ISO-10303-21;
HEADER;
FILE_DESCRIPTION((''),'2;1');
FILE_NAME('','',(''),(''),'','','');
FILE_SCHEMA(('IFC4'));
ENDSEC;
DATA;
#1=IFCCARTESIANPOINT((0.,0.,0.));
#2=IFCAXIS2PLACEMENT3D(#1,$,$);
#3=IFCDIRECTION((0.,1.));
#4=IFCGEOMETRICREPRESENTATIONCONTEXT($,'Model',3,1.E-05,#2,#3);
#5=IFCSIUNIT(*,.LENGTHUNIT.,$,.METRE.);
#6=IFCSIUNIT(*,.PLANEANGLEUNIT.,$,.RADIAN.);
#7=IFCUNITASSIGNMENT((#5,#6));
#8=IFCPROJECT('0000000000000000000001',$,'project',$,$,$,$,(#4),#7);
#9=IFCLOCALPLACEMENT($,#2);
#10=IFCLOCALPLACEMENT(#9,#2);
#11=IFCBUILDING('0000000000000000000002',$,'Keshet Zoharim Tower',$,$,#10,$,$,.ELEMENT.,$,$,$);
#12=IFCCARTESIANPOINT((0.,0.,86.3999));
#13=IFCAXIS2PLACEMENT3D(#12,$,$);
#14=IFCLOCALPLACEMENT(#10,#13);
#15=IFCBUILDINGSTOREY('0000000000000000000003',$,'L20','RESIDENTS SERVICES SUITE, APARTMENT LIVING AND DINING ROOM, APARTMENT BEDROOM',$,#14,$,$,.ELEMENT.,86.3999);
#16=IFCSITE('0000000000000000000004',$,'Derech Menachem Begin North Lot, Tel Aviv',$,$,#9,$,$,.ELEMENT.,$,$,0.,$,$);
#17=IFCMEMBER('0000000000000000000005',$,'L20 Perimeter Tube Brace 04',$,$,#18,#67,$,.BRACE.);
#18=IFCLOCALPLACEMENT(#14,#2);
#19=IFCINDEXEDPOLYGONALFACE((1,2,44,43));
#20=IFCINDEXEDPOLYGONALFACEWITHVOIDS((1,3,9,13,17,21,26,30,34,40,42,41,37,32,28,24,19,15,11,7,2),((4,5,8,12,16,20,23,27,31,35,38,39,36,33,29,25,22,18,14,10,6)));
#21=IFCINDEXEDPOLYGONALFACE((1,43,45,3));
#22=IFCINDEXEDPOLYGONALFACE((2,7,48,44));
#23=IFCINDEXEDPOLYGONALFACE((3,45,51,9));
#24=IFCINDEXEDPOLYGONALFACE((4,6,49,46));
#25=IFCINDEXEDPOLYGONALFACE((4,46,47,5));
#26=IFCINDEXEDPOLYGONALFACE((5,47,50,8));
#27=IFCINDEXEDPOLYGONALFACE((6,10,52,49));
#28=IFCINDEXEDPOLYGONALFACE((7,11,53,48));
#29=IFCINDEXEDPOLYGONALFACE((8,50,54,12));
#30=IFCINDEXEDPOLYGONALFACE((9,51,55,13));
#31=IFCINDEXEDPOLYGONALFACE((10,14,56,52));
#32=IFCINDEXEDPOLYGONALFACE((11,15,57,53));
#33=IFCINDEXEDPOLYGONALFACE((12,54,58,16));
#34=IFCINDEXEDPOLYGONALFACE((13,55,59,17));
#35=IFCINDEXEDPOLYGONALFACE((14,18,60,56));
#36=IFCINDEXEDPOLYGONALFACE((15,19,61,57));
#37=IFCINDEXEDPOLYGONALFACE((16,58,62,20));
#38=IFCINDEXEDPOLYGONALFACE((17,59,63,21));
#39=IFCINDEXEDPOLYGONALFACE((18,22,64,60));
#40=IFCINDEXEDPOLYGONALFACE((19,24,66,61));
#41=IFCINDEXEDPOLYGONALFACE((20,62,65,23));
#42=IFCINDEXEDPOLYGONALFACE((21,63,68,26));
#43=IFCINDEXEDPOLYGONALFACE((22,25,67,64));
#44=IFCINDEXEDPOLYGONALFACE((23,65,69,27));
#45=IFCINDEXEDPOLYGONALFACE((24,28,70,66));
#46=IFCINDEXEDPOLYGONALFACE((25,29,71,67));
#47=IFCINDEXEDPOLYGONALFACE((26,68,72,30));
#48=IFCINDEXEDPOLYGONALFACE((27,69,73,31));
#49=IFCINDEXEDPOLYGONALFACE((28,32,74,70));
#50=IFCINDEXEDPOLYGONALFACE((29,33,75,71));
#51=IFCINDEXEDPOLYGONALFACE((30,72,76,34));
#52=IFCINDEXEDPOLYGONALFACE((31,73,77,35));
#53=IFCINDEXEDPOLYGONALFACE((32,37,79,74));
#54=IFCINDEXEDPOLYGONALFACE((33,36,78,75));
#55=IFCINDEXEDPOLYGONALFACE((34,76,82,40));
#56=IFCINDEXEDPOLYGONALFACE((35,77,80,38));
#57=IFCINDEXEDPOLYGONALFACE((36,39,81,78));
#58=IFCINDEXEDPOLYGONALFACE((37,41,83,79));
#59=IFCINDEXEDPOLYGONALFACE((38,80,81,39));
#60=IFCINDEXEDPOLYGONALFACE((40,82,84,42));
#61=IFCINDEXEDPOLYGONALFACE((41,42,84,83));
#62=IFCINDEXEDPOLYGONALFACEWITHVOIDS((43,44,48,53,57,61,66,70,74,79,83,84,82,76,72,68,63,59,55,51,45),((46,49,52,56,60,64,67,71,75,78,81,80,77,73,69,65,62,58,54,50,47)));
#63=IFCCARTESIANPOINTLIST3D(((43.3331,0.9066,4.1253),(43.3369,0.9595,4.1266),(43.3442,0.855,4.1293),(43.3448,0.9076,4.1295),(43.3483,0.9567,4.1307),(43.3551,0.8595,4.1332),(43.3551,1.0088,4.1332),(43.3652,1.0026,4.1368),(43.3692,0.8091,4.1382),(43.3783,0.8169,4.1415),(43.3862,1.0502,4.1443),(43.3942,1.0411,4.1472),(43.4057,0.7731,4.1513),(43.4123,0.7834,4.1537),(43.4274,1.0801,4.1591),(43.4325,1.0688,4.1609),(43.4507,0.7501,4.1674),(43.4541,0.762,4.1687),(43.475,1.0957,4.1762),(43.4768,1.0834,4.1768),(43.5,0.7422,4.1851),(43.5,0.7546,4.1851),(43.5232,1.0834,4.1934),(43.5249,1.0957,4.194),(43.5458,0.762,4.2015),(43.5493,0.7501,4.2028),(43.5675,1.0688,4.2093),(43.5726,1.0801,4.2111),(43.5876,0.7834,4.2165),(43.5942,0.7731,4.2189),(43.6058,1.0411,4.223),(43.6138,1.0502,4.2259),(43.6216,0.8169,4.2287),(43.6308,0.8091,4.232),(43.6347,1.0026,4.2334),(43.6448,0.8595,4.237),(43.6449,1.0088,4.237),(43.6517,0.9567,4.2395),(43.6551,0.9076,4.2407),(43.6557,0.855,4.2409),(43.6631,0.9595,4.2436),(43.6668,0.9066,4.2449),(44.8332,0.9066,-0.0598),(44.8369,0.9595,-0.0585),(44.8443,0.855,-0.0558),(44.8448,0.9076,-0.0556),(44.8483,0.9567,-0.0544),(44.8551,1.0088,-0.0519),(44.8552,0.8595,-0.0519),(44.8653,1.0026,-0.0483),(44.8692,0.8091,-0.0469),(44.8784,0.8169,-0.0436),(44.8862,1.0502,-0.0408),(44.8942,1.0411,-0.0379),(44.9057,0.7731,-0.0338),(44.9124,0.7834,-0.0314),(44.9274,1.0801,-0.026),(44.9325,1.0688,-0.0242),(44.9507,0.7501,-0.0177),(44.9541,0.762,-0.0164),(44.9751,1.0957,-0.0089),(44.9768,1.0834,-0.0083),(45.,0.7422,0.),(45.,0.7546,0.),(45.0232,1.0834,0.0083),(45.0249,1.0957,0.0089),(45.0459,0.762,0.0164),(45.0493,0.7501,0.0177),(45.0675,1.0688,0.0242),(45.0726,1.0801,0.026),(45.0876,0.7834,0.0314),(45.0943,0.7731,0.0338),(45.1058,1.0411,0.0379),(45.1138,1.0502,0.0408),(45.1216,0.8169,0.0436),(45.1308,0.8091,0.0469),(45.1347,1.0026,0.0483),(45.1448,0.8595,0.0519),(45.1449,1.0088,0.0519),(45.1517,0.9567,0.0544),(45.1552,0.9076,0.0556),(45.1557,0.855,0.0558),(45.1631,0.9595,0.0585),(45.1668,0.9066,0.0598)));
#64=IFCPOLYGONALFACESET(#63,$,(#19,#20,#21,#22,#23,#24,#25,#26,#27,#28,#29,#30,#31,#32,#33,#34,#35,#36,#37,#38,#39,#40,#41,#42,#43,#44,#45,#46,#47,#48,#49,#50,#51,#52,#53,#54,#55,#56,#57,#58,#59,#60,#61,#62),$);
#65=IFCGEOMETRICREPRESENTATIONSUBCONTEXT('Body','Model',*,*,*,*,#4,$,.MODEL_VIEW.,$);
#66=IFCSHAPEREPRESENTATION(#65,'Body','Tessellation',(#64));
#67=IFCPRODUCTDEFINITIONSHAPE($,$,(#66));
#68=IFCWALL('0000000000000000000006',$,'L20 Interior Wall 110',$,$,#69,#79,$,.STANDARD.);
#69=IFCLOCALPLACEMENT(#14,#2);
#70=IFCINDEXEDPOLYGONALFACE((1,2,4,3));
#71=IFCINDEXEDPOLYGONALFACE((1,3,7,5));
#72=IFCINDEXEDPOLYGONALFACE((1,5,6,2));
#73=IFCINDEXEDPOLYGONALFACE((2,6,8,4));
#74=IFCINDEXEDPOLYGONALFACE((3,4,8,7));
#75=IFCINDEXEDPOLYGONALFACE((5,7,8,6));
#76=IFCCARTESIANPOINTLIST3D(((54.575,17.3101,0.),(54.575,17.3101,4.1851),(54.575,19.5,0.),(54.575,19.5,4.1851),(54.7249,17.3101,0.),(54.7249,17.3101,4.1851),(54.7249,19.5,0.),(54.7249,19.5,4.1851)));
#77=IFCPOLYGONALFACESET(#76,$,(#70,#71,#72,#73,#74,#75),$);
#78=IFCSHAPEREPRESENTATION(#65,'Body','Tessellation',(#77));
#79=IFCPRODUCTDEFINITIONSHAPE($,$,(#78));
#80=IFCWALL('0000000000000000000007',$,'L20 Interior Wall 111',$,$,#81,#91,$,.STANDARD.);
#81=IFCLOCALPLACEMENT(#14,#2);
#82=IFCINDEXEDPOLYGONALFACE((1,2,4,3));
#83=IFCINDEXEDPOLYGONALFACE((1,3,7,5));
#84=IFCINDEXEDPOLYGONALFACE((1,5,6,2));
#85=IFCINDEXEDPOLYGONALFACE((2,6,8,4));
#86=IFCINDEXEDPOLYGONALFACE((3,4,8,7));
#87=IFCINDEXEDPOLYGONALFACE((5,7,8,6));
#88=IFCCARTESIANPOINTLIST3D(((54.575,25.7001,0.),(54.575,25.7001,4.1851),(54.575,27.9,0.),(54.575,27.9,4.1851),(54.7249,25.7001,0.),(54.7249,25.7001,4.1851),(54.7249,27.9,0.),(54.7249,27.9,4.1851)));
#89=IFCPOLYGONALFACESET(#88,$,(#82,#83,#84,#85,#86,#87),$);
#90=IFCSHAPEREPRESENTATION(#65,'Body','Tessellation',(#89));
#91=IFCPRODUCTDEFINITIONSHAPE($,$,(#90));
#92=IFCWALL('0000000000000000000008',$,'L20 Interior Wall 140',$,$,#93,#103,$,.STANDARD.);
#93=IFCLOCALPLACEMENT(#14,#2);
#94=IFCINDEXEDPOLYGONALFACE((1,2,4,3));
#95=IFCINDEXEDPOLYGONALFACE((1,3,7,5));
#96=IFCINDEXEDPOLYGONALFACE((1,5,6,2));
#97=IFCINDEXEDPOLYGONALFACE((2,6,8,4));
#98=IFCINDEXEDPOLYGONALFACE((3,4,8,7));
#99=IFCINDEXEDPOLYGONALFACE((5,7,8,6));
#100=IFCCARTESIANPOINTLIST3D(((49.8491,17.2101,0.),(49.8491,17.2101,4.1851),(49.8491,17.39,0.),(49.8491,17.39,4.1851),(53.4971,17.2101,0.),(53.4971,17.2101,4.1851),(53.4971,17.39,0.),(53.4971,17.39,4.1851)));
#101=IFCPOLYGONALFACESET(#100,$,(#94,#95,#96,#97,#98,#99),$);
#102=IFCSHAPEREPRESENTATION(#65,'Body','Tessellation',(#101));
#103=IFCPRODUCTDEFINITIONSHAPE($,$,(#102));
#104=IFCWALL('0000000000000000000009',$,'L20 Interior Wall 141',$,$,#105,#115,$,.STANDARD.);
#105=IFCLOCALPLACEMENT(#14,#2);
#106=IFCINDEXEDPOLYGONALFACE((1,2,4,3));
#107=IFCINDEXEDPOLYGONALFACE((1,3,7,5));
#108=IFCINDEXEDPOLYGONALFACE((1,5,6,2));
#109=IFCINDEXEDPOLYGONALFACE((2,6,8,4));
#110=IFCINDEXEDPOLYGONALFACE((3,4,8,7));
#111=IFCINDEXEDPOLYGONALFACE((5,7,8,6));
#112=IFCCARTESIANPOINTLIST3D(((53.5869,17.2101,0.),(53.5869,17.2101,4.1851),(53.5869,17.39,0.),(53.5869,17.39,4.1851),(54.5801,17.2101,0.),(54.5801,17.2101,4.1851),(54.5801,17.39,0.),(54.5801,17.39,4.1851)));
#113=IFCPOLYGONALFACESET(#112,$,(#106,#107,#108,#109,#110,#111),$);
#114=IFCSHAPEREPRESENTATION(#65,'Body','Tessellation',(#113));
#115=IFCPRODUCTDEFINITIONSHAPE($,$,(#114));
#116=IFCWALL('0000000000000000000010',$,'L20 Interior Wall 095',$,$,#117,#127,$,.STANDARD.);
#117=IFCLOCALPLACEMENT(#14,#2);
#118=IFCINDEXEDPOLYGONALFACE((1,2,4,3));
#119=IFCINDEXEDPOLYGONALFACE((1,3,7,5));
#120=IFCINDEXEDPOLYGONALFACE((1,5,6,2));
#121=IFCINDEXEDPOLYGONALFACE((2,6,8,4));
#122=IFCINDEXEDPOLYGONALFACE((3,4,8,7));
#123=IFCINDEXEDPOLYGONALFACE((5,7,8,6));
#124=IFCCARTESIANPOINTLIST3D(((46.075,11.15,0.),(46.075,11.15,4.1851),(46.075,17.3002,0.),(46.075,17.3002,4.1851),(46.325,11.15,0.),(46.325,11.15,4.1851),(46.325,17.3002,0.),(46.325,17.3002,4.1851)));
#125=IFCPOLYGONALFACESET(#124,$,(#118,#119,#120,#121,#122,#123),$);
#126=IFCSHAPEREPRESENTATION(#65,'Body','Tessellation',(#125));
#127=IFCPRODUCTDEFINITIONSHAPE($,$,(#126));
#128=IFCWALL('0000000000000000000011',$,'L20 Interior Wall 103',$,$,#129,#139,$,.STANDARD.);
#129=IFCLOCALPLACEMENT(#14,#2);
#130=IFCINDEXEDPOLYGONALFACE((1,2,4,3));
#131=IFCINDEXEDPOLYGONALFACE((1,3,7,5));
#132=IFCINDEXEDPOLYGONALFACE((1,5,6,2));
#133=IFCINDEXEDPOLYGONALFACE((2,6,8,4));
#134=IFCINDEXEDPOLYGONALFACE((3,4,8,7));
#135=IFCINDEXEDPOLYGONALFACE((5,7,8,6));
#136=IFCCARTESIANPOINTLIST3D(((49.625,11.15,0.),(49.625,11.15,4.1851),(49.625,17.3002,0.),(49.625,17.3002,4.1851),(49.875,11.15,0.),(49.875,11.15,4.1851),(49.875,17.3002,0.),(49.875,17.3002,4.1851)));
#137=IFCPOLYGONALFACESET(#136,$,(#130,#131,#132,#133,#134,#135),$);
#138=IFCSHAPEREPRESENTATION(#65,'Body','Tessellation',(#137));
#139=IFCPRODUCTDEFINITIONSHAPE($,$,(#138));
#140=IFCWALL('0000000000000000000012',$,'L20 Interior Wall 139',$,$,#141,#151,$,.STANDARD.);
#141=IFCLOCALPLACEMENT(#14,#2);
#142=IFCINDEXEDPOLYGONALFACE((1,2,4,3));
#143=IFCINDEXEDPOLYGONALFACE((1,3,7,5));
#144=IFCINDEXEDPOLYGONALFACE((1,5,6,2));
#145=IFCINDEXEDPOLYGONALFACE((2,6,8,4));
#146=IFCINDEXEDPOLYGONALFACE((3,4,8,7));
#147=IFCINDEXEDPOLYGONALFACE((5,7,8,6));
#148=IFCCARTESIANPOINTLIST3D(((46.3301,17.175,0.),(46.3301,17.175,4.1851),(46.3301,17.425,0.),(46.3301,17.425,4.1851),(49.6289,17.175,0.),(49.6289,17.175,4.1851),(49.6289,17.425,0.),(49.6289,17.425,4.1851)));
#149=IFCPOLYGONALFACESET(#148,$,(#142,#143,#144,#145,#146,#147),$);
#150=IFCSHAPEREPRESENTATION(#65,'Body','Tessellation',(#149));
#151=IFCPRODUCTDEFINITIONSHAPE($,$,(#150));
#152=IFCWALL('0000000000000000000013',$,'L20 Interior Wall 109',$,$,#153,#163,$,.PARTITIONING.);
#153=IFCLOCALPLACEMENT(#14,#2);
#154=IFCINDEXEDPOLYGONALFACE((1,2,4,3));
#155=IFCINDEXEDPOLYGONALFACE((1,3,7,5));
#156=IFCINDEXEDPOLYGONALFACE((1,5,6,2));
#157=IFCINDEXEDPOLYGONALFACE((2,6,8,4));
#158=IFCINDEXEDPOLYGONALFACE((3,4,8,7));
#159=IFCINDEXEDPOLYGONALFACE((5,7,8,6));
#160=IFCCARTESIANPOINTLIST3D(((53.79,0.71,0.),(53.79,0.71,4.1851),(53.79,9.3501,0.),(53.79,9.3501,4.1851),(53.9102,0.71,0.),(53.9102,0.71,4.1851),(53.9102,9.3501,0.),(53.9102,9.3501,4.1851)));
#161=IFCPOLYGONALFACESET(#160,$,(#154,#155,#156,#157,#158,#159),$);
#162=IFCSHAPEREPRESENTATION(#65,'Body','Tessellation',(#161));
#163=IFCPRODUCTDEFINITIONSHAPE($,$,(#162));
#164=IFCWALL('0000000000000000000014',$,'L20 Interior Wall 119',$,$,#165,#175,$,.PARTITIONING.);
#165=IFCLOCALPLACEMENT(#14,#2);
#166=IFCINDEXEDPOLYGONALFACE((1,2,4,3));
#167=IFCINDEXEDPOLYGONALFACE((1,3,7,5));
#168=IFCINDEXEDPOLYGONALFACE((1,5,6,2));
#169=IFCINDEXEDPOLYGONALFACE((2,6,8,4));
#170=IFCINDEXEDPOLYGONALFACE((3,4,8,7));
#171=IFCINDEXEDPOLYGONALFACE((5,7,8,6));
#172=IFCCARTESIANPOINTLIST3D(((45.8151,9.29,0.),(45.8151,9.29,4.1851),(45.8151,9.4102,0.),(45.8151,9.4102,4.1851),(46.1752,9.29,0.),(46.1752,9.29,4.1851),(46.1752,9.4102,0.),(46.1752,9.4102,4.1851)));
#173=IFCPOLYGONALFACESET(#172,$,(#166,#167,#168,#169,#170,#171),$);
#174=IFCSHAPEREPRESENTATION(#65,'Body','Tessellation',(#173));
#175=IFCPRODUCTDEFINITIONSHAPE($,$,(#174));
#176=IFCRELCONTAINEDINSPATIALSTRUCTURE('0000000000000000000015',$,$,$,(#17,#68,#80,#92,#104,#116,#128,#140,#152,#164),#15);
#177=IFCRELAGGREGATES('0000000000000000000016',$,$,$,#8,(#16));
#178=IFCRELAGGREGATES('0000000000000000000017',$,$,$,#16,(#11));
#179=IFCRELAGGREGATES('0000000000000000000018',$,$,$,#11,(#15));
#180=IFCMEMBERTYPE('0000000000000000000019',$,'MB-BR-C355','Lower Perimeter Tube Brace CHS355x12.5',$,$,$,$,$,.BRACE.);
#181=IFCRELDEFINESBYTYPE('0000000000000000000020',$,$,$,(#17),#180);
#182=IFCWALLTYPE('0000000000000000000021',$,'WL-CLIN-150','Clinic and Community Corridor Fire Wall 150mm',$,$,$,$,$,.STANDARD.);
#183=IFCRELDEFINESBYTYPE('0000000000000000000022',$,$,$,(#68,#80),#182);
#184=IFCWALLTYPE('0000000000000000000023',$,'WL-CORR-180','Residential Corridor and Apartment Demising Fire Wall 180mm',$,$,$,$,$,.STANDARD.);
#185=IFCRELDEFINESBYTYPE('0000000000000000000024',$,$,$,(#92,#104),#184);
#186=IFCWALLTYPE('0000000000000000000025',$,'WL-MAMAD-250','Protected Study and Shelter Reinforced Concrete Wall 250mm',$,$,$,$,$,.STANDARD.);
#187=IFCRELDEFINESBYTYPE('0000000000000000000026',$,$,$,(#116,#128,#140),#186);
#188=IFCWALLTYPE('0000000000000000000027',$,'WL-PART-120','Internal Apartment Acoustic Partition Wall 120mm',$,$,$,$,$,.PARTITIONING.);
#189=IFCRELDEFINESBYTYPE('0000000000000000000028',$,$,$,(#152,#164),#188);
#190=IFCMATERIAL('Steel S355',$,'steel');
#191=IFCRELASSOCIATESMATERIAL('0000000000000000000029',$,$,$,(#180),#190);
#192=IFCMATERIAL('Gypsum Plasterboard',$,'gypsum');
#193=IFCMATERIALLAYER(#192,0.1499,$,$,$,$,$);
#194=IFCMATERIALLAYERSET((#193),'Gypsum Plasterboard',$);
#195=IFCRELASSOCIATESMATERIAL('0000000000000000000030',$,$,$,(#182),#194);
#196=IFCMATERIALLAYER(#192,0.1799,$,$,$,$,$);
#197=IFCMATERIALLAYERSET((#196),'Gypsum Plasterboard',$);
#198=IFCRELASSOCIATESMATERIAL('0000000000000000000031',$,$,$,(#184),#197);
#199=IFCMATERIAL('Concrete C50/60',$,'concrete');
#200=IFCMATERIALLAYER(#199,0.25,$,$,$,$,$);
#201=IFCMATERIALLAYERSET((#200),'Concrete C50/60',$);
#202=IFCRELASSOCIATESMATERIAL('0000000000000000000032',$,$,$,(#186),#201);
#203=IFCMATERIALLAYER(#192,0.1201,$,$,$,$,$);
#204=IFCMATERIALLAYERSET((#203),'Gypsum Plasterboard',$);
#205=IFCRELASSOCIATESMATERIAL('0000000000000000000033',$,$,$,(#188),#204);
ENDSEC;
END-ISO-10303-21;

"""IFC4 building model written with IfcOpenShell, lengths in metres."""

from ifc_helpers import new_model, si_unit, direction, frame, frame_2d, origin, origin_2d, place, context, subcontext, project, spatial, rectangle, hollow_circle, extrude, material, layer, layer_set, material_profile, profile_set, type_object, element, save


model = new_model("IFC4")

# Units and contexts
model_context = context("Model", 3, precision=1e-05, world=origin(), true_north=direction((0.0, 1.0)))
body_context = subcontext(model_context, "Body", "Model", "MODEL_VIEW")
ifc_project = project(units=[si_unit("LENGTHUNIT", "METRE"), si_unit("PLANEANGLEUNIT", "RADIAN")], contexts=[model_context])

# Site, building, storey
site_placement = place(None, origin())
site = spatial("IfcSite", under=ifc_project, at=site_placement, Name="Derech Menachem Begin North Lot, Tel Aviv", CompositionType="ELEMENT", RefElevation=0.0)
building_placement = place(site_placement, origin())
building = spatial("IfcBuilding", under=site, at=building_placement, Name="Keshet Zoharim Tower", CompositionType="ELEMENT")
storey_placement = place(building_placement, frame((0.0, 0.0, 86.3999)))
storey = spatial("IfcBuildingStorey", under=building, at=storey_placement, Name="L20", Description="RESIDENTS SERVICES SUITE, APARTMENT LIVING AND DINING ROOM, APARTMENT BEDROOM", CompositionType="ELEMENT", Elevation=86.3999)

# Member
ifc_material_1 = material(Name="Steel S355", Category="steel")
ifc_material_profile = material_profile(ifc_material_1, hollow_circle(Radius=0.1777, WallThickness=0.0125, at=origin_2d()), Name="CHS355x12.5")
ifc_profile_set = profile_set([ifc_material_profile], Name="Steel S355")
member_type = type_object("IfcMemberType", Name="MB-BR-C355", Description="Lower Perimeter Tube Brace CHS355x12.5", PredefinedType="BRACE", material=ifc_profile_set)
member_placement = place(storey_placement, frame((45.0, 0.9199, 0.0), z_axis=(-0.337401, 0.0, 0.941361), x_axis=(0.0, -1.0, 0.0)))
element("IfcMember", 1, at=member_placement, inside=storey, type_object=member_type, Name="L20 Perimeter Tube Brace 04", PredefinedType="BRACE", context=body_context, shape_type="SweptSolid", body=[
    extrude(hollow_circle(Radius=0.1777, WallThickness=0.0125, at=origin_2d()), origin(), (0.0, 0.0, 1.0), 4.4458),
])

# Walls
ifc_material_2 = material(Name="Gypsum Plasterboard", Category="gypsum")
ifc_layer_1 = layer(ifc_material_2, 0.1499)
ifc_layer_set_1 = layer_set([ifc_layer_1], Name="Gypsum Plasterboard")
wall_type_1 = type_object("IfcWallType", Name="WL-CLIN-150", Description="Clinic and Community Corridor Fire Wall 150mm", PredefinedType="STANDARD", material=ifc_layer_set_1)
wall_1_placement = place(storey_placement, frame((54.6499, 17.3101, 0.0), z_axis=(0.0, 0.0, 1.0), x_axis=(0.0, 1.0, 0.0)))
element("IfcWall", 2, at=wall_1_placement, inside=storey, type_object=wall_type_1, Name="L20 Interior Wall 110", PredefinedType="STANDARD", context=body_context, shape_type="SweptSolid", body=[
    extrude(rectangle(XDim=2.1899, YDim=0.1499, at=frame_2d((1.095, 0.0))), origin(), (0.0, 0.0, 1.0), 4.1851),
])
wall_2_placement = place(storey_placement, frame((54.6499, 25.7, 0.0), z_axis=(0.0, 0.0, 1.0), x_axis=(0.0, 1.0, 0.0)))
element("IfcWall", 3, at=wall_2_placement, inside=storey, type_object=wall_type_1, Name="L20 Interior Wall 111", PredefinedType="STANDARD", context=body_context, shape_type="SweptSolid", body=[
    extrude(rectangle(XDim=2.2, YDim=0.1499, at=frame_2d((1.1001, 0.0))), origin(), (0.0, 0.0, 1.0), 4.1851),
])
ifc_layer_2 = layer(ifc_material_2, 0.1799)
ifc_layer_set_2 = layer_set([ifc_layer_2], Name="Gypsum Plasterboard")
wall_type_2 = type_object("IfcWallType", Name="WL-CORR-180", Description="Residential Corridor and Apartment Demising Fire Wall 180mm", PredefinedType="STANDARD", material=ifc_layer_set_2)
wall_3_placement = place(storey_placement, frame((49.8491, 17.3, 0.0), z_axis=(0.0, 0.0, 1.0), x_axis=(1.0, 0.0, 0.0)))
element("IfcWall", 4, at=wall_3_placement, inside=storey, type_object=wall_type_2, Name="L20 Interior Wall 140", PredefinedType="STANDARD", context=body_context, shape_type="SweptSolid", body=[
    extrude(rectangle(XDim=3.6479, YDim=0.1799, at=frame_2d((1.824, 0.0))), origin(), (0.0, 0.0, 1.0), 4.1851),
])
wall_4_placement = place(storey_placement, frame((53.5869, 17.3, 0.0), z_axis=(0.0, 0.0, 1.0), x_axis=(1.0, 0.0, 0.0)))
element("IfcWall", 5, at=wall_4_placement, inside=storey, type_object=wall_type_2, Name="L20 Interior Wall 141", PredefinedType="STANDARD", context=body_context, shape_type="SweptSolid", body=[
    extrude(rectangle(XDim=0.9932, YDim=0.1799, at=frame_2d((0.4966, 0.0))), origin(), (0.0, 0.0, 1.0), 4.1851),
])
ifc_material_3 = material(Name="Concrete C50/60", Category="concrete")
ifc_layer_3 = layer(ifc_material_3, 0.25)
ifc_layer_set_3 = layer_set([ifc_layer_3], Name="Concrete C50/60")
wall_type_3 = type_object("IfcWallType", Name="WL-MAMAD-250", Description="Protected Study and Shelter Reinforced Concrete Wall 250mm", PredefinedType="STANDARD", material=ifc_layer_set_3)
for number, where, z_axis, x_axis, name in (
    (6, (46.2, 11.1499, 0.0), (0.0, 0.0, 1.0), (0.0, 1.0, 0.0), "L20 Interior Wall 095"),
    (7, (49.75, 11.1499, 0.0), (0.0, 0.0, 1.0), (0.0, 1.0, 0.0), "L20 Interior Wall 103"),
):
    element("IfcWall", number, at=place(storey_placement, frame(where, z_axis=z_axis, x_axis=x_axis)), inside=storey, type_object=wall_type_3, Name=name, PredefinedType="STANDARD", context=body_context, shape_type="SweptSolid", body=[
        extrude(rectangle(XDim=6.1501, YDim=0.25, at=frame_2d((3.0752, 0.0))), origin(), (0.0, 0.0, 1.0), 4.1851),
    ])

# Walls
wall_5_placement = place(storey_placement, frame((46.3301, 17.3, 0.0), z_axis=(0.0, 0.0, 1.0), x_axis=(1.0, 0.0, 0.0)))
element("IfcWall", 8, at=wall_5_placement, inside=storey, type_object=wall_type_3, Name="L20 Interior Wall 139", PredefinedType="STANDARD", context=body_context, shape_type="SweptSolid", body=[
    extrude(rectangle(XDim=3.2988, YDim=0.25, at=frame_2d((1.6494, 0.0))), origin(), (0.0, 0.0, 1.0), 4.1851),
])
ifc_layer_4 = layer(ifc_material_2, 0.1201)
ifc_layer_set_4 = layer_set([ifc_layer_4], Name="Gypsum Plasterboard")
wall_type_4 = type_object("IfcWallType", Name="WL-PART-120", Description="Internal Apartment Acoustic Partition Wall 120mm", PredefinedType="PARTITIONING", material=ifc_layer_set_4)
wall_6_placement = place(storey_placement, frame((53.8501, 0.71, 0.0), z_axis=(0.0, 0.0, 1.0), x_axis=(0.0, 1.0, 0.0)))
element("IfcWall", 9, at=wall_6_placement, inside=storey, type_object=wall_type_4, Name="L20 Interior Wall 109", PredefinedType="PARTITIONING", context=body_context, shape_type="SweptSolid", body=[
    extrude(rectangle(XDim=8.6401, YDim=0.1201, at=frame_2d((4.3201, 0.0))), origin(), (0.0, 0.0, 1.0), 4.1851),
])
wall_7_placement = place(storey_placement, frame((45.8149, 9.3501, 0.0), z_axis=(0.0, 0.0, 1.0), x_axis=(1.0, 0.0, 0.0)))
element("IfcWall", 10, at=wall_7_placement, inside=storey, type_object=wall_type_4, Name="L20 Interior Wall 119", PredefinedType="PARTITIONING", context=body_context, shape_type="SweptSolid", body=[
    extrude(rectangle(XDim=0.3601, YDim=0.1201, at=frame_2d((0.1802, 0.0))), origin(), (0.0, 0.0, 1.0), 4.1851),
])

save(model, "model.ifc")
